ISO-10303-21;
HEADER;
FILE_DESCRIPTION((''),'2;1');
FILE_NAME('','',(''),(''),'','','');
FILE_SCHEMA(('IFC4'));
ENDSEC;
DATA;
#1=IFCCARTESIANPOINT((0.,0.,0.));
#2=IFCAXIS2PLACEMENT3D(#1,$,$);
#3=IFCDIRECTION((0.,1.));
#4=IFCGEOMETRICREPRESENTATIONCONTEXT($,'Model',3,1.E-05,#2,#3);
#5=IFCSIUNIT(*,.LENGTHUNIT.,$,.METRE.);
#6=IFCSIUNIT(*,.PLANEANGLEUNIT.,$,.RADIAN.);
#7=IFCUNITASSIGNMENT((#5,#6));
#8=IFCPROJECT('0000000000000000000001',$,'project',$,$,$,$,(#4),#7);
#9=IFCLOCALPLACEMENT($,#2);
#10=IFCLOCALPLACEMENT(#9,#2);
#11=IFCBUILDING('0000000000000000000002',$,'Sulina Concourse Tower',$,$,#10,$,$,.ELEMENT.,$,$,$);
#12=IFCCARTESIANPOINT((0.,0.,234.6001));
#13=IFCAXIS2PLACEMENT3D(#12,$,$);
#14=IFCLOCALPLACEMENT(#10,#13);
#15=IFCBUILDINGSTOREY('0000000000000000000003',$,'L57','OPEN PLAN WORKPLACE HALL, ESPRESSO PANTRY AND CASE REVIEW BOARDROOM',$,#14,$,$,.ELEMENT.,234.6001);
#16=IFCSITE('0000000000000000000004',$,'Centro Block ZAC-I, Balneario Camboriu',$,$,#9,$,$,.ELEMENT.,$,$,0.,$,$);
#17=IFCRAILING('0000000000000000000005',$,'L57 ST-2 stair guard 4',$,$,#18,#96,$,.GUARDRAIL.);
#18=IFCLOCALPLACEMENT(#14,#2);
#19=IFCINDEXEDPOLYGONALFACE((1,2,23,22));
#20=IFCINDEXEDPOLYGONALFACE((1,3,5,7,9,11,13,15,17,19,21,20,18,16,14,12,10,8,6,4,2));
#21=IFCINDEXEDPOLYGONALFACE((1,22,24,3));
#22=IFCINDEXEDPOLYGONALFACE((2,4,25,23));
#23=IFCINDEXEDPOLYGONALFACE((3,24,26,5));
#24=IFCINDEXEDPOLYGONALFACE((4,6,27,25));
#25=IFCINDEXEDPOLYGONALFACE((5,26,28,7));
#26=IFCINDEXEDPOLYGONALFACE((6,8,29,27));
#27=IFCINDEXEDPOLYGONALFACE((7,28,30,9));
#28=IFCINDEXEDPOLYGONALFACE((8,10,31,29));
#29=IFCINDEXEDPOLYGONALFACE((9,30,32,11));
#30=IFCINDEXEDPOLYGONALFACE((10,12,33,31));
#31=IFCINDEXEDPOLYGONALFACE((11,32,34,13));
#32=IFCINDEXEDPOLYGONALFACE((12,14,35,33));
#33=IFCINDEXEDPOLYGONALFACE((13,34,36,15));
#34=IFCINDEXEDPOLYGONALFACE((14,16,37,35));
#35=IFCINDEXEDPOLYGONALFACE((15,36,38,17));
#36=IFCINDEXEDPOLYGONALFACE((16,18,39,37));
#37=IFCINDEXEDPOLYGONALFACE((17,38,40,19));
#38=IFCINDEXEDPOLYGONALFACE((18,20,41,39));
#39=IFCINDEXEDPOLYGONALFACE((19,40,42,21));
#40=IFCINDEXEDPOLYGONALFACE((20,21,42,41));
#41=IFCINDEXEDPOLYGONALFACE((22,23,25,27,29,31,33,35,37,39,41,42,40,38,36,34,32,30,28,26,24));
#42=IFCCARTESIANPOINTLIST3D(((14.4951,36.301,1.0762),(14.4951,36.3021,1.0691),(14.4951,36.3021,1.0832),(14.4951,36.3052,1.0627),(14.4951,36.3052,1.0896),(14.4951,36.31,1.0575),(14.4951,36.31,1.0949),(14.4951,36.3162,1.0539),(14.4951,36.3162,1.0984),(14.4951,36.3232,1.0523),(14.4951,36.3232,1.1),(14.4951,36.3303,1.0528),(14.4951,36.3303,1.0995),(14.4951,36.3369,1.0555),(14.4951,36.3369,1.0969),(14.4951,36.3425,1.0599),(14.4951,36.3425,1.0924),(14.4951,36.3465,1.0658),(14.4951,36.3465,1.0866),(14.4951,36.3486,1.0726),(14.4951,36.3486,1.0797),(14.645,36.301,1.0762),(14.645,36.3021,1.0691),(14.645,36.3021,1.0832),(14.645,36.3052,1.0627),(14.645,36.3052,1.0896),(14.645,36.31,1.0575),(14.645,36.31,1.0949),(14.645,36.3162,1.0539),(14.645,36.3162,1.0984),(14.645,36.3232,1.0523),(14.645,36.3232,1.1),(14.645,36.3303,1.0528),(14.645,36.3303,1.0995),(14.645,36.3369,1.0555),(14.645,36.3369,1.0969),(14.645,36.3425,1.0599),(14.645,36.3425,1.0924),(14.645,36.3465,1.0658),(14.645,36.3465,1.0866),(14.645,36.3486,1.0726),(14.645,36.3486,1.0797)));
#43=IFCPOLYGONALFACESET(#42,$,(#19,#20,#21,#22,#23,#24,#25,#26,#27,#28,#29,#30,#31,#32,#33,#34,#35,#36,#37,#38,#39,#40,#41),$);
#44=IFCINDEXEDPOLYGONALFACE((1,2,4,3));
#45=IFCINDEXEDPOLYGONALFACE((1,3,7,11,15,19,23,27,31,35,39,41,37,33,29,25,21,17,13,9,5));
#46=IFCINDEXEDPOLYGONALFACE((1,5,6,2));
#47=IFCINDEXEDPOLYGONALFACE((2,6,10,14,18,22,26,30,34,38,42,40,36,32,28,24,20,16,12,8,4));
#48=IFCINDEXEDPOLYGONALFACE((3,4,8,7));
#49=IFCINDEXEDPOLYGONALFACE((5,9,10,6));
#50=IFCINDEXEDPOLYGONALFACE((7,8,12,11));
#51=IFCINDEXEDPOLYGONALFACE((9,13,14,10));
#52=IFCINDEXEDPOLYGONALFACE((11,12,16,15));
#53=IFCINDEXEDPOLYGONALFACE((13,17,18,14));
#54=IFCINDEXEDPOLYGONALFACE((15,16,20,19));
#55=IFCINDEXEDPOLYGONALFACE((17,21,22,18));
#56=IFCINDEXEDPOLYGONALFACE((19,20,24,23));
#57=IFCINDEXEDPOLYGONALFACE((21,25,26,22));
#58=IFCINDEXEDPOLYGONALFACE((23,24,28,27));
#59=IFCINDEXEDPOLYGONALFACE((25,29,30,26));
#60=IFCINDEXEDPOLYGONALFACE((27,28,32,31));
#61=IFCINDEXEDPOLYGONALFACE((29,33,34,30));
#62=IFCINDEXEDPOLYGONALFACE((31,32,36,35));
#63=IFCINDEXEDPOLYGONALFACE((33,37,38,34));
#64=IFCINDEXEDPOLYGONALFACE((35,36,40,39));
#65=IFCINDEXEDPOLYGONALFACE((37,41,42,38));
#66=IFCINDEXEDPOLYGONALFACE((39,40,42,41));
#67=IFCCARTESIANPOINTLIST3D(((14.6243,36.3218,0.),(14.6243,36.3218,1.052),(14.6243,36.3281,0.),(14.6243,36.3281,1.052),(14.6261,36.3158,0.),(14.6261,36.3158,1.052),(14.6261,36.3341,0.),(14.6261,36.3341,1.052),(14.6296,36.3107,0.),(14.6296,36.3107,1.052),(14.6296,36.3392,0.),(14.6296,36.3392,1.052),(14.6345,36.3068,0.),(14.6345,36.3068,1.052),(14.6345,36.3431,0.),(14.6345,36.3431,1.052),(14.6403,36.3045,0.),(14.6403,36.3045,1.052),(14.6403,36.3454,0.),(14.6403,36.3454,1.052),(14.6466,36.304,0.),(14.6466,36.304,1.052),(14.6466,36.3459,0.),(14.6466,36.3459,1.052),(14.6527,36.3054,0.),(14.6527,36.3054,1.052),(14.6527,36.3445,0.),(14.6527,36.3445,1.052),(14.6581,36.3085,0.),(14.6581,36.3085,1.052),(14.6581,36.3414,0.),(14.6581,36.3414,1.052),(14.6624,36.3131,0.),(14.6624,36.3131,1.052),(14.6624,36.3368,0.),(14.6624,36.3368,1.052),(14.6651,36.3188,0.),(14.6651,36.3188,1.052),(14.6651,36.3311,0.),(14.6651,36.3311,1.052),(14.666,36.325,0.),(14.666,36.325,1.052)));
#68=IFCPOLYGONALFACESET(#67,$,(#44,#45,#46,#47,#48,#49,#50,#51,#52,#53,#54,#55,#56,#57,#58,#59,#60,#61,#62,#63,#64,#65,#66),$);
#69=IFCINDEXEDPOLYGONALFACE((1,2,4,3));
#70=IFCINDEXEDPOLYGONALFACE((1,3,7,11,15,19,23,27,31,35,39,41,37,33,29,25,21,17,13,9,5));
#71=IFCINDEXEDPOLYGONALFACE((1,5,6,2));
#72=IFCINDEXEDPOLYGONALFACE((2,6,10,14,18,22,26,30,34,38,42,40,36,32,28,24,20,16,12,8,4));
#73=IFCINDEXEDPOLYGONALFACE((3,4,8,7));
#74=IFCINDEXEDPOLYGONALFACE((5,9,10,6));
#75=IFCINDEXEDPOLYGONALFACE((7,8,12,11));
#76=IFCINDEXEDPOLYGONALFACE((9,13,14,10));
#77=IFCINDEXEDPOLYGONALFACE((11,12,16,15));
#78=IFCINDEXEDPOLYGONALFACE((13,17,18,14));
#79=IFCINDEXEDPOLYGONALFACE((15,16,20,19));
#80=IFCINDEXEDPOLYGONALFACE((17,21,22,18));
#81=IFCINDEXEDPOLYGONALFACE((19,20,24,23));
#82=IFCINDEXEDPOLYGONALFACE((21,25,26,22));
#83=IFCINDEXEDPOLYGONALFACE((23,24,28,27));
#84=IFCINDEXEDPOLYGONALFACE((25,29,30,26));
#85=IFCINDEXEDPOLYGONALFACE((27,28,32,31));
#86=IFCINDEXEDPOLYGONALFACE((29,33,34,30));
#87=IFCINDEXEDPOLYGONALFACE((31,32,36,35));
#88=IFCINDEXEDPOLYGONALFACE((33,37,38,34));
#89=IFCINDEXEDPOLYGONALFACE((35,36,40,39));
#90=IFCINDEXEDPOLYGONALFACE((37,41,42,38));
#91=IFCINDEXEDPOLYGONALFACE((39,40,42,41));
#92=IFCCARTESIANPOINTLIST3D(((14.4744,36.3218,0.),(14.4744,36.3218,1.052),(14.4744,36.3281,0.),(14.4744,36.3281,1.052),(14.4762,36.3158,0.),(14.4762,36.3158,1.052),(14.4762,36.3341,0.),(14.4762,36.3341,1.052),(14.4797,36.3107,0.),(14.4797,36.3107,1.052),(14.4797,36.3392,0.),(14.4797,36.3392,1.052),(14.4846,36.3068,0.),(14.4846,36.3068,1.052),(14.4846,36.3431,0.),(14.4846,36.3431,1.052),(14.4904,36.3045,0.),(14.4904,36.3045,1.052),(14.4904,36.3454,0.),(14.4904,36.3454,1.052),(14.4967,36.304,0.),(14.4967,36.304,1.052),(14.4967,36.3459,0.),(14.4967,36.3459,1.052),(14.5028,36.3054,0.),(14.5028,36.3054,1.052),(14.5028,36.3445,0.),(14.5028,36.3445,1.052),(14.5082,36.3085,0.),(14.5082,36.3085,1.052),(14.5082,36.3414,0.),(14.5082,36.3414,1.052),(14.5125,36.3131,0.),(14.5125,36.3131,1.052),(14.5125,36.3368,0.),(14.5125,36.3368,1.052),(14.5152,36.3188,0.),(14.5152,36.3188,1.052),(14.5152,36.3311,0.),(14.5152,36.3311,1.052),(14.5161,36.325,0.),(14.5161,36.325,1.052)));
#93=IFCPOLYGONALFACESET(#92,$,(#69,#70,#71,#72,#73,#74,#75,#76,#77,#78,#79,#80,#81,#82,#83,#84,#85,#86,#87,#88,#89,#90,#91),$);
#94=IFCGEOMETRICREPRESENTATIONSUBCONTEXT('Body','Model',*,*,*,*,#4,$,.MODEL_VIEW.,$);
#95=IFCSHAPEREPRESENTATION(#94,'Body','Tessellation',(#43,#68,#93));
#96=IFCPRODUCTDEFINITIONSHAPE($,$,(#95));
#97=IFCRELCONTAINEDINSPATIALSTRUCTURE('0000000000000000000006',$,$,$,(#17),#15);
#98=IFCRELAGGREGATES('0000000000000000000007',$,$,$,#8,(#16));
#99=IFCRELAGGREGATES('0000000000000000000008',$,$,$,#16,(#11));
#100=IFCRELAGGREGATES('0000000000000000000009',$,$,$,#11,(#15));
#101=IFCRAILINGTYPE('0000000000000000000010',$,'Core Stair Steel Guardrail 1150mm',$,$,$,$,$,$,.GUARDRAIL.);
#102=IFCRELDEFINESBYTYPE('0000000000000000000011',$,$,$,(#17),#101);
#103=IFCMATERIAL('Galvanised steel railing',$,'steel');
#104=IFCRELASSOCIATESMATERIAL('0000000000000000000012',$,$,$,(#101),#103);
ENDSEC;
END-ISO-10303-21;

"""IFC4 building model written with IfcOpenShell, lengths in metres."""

from ifc_helpers import new_model, si_unit, direction, frame, origin, origin_2d, place, context, subcontext, project, spatial, circle, extrude, material, type_object, element, save


model = new_model("IFC4")

# Units and contexts
model_context = context("Model", 3, precision=1e-05, world=origin(), true_north=direction((0.0, 1.0)))
body_context = subcontext(model_context, "Body", "Model", "MODEL_VIEW")
ifc_project = project(units=[si_unit("LENGTHUNIT", "METRE"), si_unit("PLANEANGLEUNIT", "RADIAN")], contexts=[model_context])

# Site, building, storey
site_placement = place(None, origin())
site = spatial("IfcSite", under=ifc_project, at=site_placement, Name="Centro Block ZAC-I, Balneario Camboriu", CompositionType="ELEMENT", RefElevation=0.0)
building_placement = place(site_placement, origin())
building = spatial("IfcBuilding", under=site, at=building_placement, Name="Sulina Concourse Tower", CompositionType="ELEMENT")
storey_placement = place(building_placement, frame((0.0, 0.0, 234.6001)))
storey = spatial("IfcBuildingStorey", under=building, at=storey_placement, Name="L57", Description="OPEN PLAN WORKPLACE HALL, ESPRESSO PANTRY AND CASE REVIEW BOARDROOM", CompositionType="ELEMENT", Elevation=234.6001)

# Railing
ifc_material_1 = material(Name="Galvanised steel railing", Category="steel")
railing_type_1 = type_object("IfcRailingType", Name="Core Stair Steel Guardrail 1150mm", PredefinedType="GUARDRAIL", material=ifc_material_1)
railing_1_placement = place(storey_placement, frame((14.645, 36.325, 0.0)))
element("IfcRailing", 1, at=railing_1_placement, inside=storey, type_object=railing_type_1, Name="L57 ST-2 stair guard 4", PredefinedType="GUARDRAIL", context=body_context, shape_type="SweptSolid", body=[
    extrude(circle(Radius=0.0239, at=origin_2d()), frame((0.0, 0.0, 1.0762), z_axis=(-1.0, 0.0, 0.0), x_axis=(0.0, -1.0, 0.0)), (0.0, 0.0, 1.0), 0.1499),
    extrude(circle(Radius=0.021, at=origin_2d()), origin(), (0.0, 0.0, 1.0), 1.052),
    extrude(circle(Radius=0.021, at=origin_2d()), frame((-0.1499, 0.0, 0.0)), (0.0, 0.0, 1.0), 1.052),
])

save(model, "model.ifc")
